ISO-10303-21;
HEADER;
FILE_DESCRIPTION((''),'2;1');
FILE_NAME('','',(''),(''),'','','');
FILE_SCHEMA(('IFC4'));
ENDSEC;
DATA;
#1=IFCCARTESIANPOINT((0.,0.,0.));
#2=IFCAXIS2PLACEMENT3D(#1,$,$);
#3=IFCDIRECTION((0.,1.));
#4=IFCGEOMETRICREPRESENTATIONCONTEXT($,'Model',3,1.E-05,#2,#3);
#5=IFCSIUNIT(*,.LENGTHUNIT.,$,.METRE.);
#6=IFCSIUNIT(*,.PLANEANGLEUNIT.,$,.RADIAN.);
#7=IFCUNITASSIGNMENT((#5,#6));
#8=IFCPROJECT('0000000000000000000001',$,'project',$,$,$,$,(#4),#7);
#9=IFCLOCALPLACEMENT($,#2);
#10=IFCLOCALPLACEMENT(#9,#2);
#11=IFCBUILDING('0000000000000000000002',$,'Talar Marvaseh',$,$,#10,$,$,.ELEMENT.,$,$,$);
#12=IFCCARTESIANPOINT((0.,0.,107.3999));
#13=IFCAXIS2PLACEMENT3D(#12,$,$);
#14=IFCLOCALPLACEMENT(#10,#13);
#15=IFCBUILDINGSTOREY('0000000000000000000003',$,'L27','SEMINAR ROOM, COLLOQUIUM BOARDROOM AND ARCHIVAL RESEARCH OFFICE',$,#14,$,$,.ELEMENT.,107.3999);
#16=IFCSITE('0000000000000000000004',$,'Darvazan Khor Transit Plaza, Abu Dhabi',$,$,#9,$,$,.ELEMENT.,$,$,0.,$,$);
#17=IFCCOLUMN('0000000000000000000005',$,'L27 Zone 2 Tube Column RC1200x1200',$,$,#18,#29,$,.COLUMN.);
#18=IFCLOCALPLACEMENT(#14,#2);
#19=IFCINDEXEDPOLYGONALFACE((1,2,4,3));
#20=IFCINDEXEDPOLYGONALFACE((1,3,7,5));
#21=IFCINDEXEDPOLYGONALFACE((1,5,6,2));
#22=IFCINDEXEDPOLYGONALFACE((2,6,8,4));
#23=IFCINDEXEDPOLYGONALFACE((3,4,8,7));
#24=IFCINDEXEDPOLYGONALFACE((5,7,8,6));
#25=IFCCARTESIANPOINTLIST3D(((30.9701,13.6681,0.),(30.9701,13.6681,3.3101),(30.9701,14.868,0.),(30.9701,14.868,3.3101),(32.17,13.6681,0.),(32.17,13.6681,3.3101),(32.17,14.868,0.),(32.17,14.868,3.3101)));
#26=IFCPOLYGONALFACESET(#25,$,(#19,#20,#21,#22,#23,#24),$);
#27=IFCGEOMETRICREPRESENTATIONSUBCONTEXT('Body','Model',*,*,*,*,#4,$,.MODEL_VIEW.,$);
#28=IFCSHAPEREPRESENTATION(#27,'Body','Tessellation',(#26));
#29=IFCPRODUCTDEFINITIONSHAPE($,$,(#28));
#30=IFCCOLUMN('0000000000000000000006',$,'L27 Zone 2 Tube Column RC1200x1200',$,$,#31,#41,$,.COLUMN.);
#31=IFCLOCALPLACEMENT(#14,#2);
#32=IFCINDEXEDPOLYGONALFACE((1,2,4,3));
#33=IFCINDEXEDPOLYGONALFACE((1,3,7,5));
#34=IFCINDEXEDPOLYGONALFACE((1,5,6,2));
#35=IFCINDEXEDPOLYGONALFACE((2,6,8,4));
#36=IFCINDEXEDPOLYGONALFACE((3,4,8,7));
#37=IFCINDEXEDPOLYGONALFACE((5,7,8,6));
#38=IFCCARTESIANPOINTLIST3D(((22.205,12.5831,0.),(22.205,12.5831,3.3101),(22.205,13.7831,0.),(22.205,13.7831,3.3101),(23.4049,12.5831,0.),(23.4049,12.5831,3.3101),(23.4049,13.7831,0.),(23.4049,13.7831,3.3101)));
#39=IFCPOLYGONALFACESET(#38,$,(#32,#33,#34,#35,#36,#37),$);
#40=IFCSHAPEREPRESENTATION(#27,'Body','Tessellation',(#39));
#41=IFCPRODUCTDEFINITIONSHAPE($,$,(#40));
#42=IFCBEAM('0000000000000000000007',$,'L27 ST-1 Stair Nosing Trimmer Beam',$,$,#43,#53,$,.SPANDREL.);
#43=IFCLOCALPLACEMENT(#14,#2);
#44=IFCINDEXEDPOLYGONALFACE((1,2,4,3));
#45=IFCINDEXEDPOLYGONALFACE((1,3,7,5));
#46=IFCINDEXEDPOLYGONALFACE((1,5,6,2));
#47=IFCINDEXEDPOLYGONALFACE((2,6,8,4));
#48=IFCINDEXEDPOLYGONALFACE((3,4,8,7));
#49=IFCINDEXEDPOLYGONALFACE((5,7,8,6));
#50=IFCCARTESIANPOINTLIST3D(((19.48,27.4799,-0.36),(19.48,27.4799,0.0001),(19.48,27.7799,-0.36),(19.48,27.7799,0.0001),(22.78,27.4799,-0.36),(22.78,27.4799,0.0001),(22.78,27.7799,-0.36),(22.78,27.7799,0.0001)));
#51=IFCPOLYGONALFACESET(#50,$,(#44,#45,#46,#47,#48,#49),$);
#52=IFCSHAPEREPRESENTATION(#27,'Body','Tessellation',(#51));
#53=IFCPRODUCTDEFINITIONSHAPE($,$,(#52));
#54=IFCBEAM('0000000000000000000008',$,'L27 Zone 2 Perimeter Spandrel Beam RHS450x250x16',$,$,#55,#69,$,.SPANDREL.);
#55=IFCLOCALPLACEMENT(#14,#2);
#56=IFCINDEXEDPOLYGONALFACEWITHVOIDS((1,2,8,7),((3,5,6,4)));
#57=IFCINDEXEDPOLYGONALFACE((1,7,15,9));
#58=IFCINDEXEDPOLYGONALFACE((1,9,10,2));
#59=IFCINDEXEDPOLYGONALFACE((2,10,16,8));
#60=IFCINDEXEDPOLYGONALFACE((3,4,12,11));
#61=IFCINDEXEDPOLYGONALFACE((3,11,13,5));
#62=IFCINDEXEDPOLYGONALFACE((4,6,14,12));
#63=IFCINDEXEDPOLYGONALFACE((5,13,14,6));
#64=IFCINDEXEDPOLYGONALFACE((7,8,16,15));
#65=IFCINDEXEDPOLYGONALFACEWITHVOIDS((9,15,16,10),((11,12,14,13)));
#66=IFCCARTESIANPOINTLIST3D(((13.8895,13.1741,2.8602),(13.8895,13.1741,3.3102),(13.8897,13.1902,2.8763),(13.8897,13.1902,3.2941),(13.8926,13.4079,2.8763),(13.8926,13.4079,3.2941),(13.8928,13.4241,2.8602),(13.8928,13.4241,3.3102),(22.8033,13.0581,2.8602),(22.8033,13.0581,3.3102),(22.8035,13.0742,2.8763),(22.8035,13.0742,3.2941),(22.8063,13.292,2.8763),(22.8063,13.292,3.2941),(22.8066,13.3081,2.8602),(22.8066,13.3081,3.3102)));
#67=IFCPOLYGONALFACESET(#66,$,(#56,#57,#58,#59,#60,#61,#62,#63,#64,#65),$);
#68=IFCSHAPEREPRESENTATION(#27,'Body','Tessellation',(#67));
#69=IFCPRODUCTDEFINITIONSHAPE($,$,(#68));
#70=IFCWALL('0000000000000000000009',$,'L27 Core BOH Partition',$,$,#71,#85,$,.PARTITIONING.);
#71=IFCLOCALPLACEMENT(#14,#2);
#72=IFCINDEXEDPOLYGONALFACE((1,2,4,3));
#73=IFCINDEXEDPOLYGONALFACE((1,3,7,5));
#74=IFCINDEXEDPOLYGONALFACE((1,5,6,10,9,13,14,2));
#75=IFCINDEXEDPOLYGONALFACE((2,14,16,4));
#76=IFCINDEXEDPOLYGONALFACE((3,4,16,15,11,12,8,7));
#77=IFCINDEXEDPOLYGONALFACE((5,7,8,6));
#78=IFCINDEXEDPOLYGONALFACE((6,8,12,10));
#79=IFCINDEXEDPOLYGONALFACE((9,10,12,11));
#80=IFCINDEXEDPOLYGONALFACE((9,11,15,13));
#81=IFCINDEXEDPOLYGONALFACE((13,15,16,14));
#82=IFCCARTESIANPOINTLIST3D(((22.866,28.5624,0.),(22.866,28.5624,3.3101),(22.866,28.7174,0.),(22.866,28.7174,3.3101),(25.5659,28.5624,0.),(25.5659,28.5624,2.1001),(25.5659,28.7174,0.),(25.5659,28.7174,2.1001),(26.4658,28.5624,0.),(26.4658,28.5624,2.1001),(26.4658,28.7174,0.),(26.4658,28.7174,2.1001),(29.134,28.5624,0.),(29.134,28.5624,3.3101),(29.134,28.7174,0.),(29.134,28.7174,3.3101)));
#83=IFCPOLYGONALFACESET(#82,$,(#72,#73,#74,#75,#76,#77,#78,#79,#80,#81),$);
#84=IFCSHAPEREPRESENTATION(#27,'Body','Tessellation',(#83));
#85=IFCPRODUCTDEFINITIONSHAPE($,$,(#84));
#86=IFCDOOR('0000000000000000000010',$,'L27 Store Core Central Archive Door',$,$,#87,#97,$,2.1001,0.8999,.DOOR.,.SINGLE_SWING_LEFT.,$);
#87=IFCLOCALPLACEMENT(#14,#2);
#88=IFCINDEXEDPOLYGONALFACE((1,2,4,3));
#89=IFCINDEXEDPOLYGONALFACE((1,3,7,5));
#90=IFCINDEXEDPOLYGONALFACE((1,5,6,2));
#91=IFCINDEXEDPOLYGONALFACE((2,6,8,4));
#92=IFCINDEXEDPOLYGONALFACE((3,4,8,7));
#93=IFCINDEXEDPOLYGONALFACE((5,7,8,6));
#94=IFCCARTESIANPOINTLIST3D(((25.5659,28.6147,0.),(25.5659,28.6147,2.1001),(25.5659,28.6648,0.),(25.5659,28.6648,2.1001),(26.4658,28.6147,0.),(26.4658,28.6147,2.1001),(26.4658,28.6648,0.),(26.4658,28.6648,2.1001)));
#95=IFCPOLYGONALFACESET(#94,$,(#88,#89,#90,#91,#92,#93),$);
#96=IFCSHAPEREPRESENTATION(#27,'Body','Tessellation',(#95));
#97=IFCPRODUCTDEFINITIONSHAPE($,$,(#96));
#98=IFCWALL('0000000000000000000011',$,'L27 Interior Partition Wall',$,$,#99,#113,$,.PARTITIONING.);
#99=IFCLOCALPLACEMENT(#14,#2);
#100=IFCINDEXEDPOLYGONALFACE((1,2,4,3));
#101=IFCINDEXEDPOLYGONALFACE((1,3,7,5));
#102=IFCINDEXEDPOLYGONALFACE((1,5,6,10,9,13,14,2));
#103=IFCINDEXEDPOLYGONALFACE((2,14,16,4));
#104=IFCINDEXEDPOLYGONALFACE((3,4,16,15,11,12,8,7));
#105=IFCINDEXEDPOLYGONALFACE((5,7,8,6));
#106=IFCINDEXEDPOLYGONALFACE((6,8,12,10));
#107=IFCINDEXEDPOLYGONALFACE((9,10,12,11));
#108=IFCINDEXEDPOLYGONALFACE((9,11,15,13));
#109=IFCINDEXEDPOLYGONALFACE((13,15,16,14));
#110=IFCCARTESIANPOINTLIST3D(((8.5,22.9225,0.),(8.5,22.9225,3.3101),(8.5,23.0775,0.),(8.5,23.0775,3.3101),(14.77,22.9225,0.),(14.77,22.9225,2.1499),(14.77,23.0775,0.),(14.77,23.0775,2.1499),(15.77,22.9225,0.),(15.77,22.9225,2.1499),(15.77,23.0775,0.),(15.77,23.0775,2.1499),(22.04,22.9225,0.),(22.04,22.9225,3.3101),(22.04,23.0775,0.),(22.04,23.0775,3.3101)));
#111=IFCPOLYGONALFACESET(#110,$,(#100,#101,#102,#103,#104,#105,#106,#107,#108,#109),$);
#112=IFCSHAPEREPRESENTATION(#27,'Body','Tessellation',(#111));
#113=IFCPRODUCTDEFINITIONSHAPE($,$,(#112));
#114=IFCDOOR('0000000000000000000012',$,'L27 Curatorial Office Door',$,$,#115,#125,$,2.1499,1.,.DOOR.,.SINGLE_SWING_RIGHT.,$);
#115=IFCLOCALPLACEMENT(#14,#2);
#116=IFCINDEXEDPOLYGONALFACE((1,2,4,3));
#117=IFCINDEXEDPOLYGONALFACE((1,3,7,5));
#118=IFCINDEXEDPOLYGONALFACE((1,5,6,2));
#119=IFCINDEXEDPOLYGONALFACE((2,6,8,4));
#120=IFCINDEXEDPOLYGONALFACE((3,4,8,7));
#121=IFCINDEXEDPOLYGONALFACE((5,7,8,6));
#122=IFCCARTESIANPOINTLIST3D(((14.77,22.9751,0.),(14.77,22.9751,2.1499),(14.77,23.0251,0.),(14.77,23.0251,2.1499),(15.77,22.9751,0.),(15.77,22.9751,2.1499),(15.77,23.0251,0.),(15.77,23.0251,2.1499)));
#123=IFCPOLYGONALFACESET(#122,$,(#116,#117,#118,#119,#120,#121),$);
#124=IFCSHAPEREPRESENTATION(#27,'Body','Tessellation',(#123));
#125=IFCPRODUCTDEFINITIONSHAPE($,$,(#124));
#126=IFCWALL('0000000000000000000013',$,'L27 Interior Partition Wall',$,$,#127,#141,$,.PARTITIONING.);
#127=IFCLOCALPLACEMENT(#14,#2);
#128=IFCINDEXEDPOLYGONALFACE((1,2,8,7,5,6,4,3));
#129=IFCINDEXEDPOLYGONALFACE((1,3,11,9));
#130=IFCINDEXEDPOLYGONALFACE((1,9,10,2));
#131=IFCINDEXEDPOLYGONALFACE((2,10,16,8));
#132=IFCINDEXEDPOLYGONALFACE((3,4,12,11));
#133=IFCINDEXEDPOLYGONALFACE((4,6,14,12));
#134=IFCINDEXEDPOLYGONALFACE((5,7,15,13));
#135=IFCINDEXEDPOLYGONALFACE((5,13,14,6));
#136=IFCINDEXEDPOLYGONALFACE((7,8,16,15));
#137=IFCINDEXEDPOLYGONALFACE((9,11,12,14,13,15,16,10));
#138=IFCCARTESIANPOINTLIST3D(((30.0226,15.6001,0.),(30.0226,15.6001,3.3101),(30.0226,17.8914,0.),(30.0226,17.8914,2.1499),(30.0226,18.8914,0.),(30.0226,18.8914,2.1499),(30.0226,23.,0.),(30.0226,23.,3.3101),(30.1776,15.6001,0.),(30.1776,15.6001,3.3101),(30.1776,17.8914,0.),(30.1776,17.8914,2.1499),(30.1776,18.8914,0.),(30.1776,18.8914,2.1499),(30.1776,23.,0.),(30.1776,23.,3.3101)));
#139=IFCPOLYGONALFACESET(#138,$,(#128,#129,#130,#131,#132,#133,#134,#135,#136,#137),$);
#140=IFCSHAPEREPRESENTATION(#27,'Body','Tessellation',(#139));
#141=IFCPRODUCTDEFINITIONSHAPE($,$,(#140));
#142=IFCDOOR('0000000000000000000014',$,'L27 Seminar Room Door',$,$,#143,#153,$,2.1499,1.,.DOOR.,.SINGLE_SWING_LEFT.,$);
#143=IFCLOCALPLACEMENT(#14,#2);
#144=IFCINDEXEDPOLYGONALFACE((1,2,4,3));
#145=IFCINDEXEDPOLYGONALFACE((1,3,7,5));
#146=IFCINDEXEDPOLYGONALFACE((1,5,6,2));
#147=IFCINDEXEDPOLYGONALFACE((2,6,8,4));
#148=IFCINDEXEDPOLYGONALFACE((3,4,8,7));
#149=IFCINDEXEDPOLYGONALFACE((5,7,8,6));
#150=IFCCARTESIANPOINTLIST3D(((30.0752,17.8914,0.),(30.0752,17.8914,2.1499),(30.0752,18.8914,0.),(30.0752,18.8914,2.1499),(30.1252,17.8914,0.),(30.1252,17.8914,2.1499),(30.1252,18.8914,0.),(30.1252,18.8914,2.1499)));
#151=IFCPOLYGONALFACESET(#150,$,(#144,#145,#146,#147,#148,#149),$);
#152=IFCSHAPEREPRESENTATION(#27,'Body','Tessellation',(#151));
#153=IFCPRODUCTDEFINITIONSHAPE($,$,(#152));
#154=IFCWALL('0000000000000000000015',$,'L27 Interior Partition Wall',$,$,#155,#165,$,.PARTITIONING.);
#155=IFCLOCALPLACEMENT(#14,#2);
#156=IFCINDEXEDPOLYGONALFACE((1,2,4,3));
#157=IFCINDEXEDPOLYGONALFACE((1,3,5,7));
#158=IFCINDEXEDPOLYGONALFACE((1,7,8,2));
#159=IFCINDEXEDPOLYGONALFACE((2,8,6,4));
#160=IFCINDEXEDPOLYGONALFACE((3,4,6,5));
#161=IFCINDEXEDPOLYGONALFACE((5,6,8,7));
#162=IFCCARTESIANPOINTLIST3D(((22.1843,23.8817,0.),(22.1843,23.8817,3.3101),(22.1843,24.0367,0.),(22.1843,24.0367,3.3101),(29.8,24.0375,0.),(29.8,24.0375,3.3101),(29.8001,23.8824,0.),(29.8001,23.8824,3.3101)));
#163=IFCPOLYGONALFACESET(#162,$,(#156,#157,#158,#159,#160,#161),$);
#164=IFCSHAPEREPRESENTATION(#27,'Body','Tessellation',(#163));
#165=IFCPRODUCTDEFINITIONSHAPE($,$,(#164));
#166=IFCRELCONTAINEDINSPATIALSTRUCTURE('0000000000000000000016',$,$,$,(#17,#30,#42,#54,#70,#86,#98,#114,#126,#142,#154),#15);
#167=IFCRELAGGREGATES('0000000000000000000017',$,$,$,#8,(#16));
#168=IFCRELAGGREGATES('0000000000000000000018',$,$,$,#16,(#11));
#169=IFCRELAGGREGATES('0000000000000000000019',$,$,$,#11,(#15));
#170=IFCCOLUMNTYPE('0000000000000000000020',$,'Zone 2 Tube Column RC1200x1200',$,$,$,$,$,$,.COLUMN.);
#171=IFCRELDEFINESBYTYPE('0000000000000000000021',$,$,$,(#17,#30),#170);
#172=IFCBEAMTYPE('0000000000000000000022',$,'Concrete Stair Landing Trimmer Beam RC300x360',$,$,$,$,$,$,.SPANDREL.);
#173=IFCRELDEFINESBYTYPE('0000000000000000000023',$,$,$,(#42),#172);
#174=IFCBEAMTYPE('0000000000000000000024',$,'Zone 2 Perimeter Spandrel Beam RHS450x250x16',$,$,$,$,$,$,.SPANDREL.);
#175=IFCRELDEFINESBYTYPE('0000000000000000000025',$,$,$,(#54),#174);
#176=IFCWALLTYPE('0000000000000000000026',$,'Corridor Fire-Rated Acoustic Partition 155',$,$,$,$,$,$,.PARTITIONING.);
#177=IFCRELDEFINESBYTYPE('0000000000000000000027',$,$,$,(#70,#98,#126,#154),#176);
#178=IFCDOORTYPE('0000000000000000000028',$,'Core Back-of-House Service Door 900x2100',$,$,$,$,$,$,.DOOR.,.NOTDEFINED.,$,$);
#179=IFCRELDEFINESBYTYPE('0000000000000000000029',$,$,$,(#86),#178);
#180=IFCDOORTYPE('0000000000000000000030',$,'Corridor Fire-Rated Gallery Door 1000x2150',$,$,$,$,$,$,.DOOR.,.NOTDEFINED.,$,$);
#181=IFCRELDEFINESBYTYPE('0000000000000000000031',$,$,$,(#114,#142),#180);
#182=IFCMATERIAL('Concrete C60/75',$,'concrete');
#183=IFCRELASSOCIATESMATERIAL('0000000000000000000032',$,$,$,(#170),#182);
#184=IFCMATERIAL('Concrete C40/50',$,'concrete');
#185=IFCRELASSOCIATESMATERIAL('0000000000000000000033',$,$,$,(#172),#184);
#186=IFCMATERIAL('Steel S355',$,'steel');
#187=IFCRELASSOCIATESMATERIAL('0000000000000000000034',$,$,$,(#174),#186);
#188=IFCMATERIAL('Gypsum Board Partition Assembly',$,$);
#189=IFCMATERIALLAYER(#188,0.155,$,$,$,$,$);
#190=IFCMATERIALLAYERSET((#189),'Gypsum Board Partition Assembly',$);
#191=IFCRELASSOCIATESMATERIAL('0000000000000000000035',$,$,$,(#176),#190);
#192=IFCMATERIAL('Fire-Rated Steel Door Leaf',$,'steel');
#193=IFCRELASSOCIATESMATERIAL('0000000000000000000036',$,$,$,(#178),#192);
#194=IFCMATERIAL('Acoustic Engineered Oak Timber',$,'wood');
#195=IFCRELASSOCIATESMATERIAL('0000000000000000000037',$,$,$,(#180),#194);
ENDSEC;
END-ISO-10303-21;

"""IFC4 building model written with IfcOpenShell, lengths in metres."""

from ifc_helpers import new_model, si_unit, direction, frame, frame_2d, origin, origin_2d, place, context, subcontext, project, spatial, rectangle, hollow_rectangle, extrude, source, transform, mapped, material, layer, layer_set, material_profile, profile_set, type_object, type_shapes, element, fill, save


model = new_model("IFC4")

# Units and contexts
model_context = context("Model", 3, precision=1e-05, world=origin(), true_north=direction((0.0, 1.0)))
body_context = subcontext(model_context, "Body", "Model", "MODEL_VIEW")
ifc_project = project(units=[si_unit("LENGTHUNIT", "METRE"), si_unit("PLANEANGLEUNIT", "RADIAN")], contexts=[model_context])

# Site, building, storey
site_placement = place(None, origin())
site = spatial("IfcSite", under=ifc_project, at=site_placement, Name="Darvazan Khor Transit Plaza, Abu Dhabi", CompositionType="ELEMENT", RefElevation=0.0)
building_placement = place(site_placement, origin())
building = spatial("IfcBuilding", under=site, at=building_placement, Name="Talar Marvaseh", CompositionType="ELEMENT")
storey_placement = place(building_placement, frame((0.0, 0.0, 107.3999)))
storey = spatial("IfcBuildingStorey", under=building, at=storey_placement, Name="L27", Description="SEMINAR ROOM, COLLOQUIUM BOARDROOM AND ARCHIVAL RESEARCH OFFICE", CompositionType="ELEMENT", Elevation=107.3999)

# Columns
ifc_material_1 = material(Name="Concrete C60/75", Category="concrete")
ifc_material_profile_1 = material_profile(ifc_material_1, rectangle(XDim=1.2, YDim=1.2, at=origin_2d()), Name="RC1200x1200")
ifc_profile_set_1 = profile_set([ifc_material_profile_1], Name="Concrete C60/75")
column_type = type_object("IfcColumnType", Name="Zone 2 Tube Column RC1200x1200", PredefinedType="COLUMN", material=ifc_profile_set_1)
for number, where, z_axis, x_axis, name in (
    (1, (31.5701, 14.2681, 0.0), (0.0, 0.0, 1.0), (1.0, 0.0, 0.0), "L27 Zone 2 Tube Column RC1200x1200"),
    (2, (22.8049, 13.1831, 0.0), (0.0, 0.0, 1.0), (1.0, 0.0, 0.0), "L27 Zone 2 Tube Column RC1200x1200"),
):
    element("IfcColumn", number, at=place(storey_placement, frame(where, z_axis=z_axis, x_axis=x_axis)), inside=storey, type_object=column_type, Name=name, PredefinedType="COLUMN", context=body_context, shape_type="SweptSolid", body=[
        extrude(rectangle(XDim=1.2, YDim=1.2, at=origin_2d()), origin(), (0.0, 0.0, 1.0), 3.3101),
    ])

# Beams
ifc_material_2 = material(Name="Concrete C40/50", Category="concrete")
ifc_material_profile_2 = material_profile(ifc_material_2, rectangle(XDim=0.3, YDim=0.3601, at=origin_2d()), Name="RC300x360")
ifc_profile_set_2 = profile_set([ifc_material_profile_2], Name="Concrete C40/50")
beam_type_1 = type_object("IfcBeamType", Name="Concrete Stair Landing Trimmer Beam RC300x360", PredefinedType="SPANDREL", material=ifc_profile_set_2)
beam_1_placement = place(storey_placement, frame((22.78, 27.6299, -0.1799), z_axis=(-1.0, 0.0, 0.0), x_axis=(0.0, -1.0, 0.0)))
element("IfcBeam", 3, at=beam_1_placement, inside=storey, type_object=beam_type_1, Name="L27 ST-1 Stair Nosing Trimmer Beam", PredefinedType="SPANDREL", context=body_context, shape_type="SweptSolid", body=[
    extrude(rectangle(XDim=0.3, YDim=0.3601, at=origin_2d()), origin(), (0.0, 0.0, 1.0), 3.3),
])
ifc_material_3 = material(Name="Steel S355", Category="steel")
ifc_material_profile_3 = material_profile(ifc_material_3, hollow_rectangle(XDim=0.25, YDim=0.45, WallThickness=0.0161, at=origin_2d()), Name="RHS450x250x16")
ifc_profile_set_3 = profile_set([ifc_material_profile_3], Name="Steel S355")
beam_type_2 = type_object("IfcBeamType", Name="Zone 2 Perimeter Spandrel Beam RHS450x250x16", PredefinedType="SPANDREL", material=ifc_profile_set_3)
beam_2_placement = place(storey_placement, frame((22.8049, 13.1831, 3.0852), z_axis=(-0.999915, 0.013009, 0.0), x_axis=(-0.013009, -0.999915, 0.0)))
element("IfcBeam", 4, at=beam_2_placement, inside=storey, type_object=beam_type_2, Name="L27 Zone 2 Perimeter Spandrel Beam RHS450x250x16", PredefinedType="SPANDREL", context=body_context, shape_type="SweptSolid", body=[
    extrude(hollow_rectangle(XDim=0.25, YDim=0.45, WallThickness=0.0161, at=origin_2d()), origin(), (0.0, 0.0, 1.0), 8.9146),
])

# Walls, openings, doors
ifc_material_4 = material(Name="Gypsum Board Partition Assembly")
ifc_layer_1 = layer(ifc_material_4, 0.155)
ifc_layer_set_1 = layer_set([ifc_layer_1], Name="Gypsum Board Partition Assembly")
wall_type_1 = type_object("IfcWallType", Name="Corridor Fire-Rated Acoustic Partition 155", PredefinedType="PARTITIONING", material=ifc_layer_set_1)
wall_1_placement = place(storey_placement, frame((22.866, 28.6399, 0.0), z_axis=(0.0, 0.0, 1.0), x_axis=(1.0, 0.0, 0.0)))
wall_1 = element("IfcWall", 5, at=wall_1_placement, inside=storey, type_object=wall_type_1, Name="L27 Core BOH Partition", PredefinedType="PARTITIONING", context=body_context, shape_type="SweptSolid", body=[
    extrude(rectangle(XDim=6.2681, YDim=0.155, at=frame_2d((3.134, 0.0))), origin(), (0.0, 0.0, 1.0), 3.3101),
])
opening_1_placement = place(wall_1_placement, frame((2.7, 0.0, 0.0)))
opening_1 = element("IfcOpeningElement", 6, at=opening_1_placement, cuts=wall_1, PredefinedType="OPENING", context=body_context, shape_type="SweptSolid", body=[
    extrude(rectangle(XDim=0.8999, YDim=2.1001, at=frame_2d((0.45, 1.05))), frame((0.0, 0.0874, 0.0), z_axis=(0.0, -1.0, 0.0), x_axis=(1.0, 0.0, 0.0)), (0.0, 0.0, 1.0), 0.175),
])
ifc_material_5 = material(Name="Fire-Rated Steel Door Leaf", Category="steel")
door_type_1 = type_object("IfcDoorType", Name="Core Back-of-House Service Door 900x2100", OperationType="NOTDEFINED", PredefinedType="DOOR", material=ifc_material_5)
shared_shape_1 = source(origin(), body_context, "Body", "SweptSolid", [
    extrude(rectangle(XDim=0.8999, YDim=2.1001, at=frame_2d((0.45, 1.05))), frame((0.0, 0.0249, 0.0), z_axis=(0.0, -1.0, 0.0), x_axis=(1.0, 0.0, 0.0)), (0.0, 0.0, 1.0), 0.05),
])
type_shapes(door_type_1, [shared_shape_1])
door_1_placement = place(opening_1_placement, origin())
door_1 = element("IfcDoor", 7, at=door_1_placement, inside=storey, type_object=door_type_1, Name="L27 Store Core Central Archive Door", OperationType="SINGLE_SWING_LEFT", OverallHeight=2.1001, OverallWidth=0.8999, PredefinedType="DOOR", context=body_context, shape_type="MappedRepresentation", body=[
    mapped(shared_shape_1, transform((0.0, 0.0, 0.0), x_axis=(1.0, 0.0, 0.0), y_axis=(0.0, 1.0, 0.0), z_axis=(0.0, 0.0, 1.0), scale=1.0)),
])
fill(opening_1, door_1)
wall_2_placement = place(storey_placement, frame((22.04, 23.0, 0.0), z_axis=(0.0, 0.0, 1.0), x_axis=(-1.0, 0.0, 0.0)))
wall_2 = element("IfcWall", 8, at=wall_2_placement, inside=storey, type_object=wall_type_1, Name="L27 Interior Partition Wall", PredefinedType="PARTITIONING", context=body_context, shape_type="SweptSolid", body=[
    extrude(rectangle(XDim=13.54, YDim=0.155, at=frame_2d((6.77, 0.0))), origin(), (0.0, 0.0, 1.0), 3.3101),
])
opening_2_placement = place(wall_2_placement, frame((6.27, 0.0, 0.0)))
opening_2 = element("IfcOpeningElement", 9, at=opening_2_placement, cuts=wall_2, PredefinedType="OPENING", context=body_context, shape_type="SweptSolid", body=[
    extrude(rectangle(XDim=1.0, YDim=2.1499, at=frame_2d((0.5, 1.075))), frame((0.0, 0.0874, 0.0), z_axis=(0.0, -1.0, 0.0), x_axis=(1.0, 0.0, 0.0)), (0.0, 0.0, 1.0), 0.175),
])
ifc_material_6 = material(Name="Acoustic Engineered Oak Timber", Category="wood")
door_type_2 = type_object("IfcDoorType", Name="Corridor Fire-Rated Gallery Door 1000x2150", OperationType="NOTDEFINED", PredefinedType="DOOR", material=ifc_material_6)
shared_shape_2 = source(origin(), body_context, "Body", "SweptSolid", [
    extrude(rectangle(XDim=1.0, YDim=2.1499, at=frame_2d((0.5, 1.075))), frame((0.0, 0.0249, 0.0), z_axis=(0.0, -1.0, 0.0), x_axis=(1.0, 0.0, 0.0)), (0.0, 0.0, 1.0), 0.05),
])
type_shapes(door_type_2, [shared_shape_2])
door_2_placement = place(opening_2_placement, origin())
door_2 = element("IfcDoor", 10, at=door_2_placement, inside=storey, type_object=door_type_2, Name="L27 Curatorial Office Door", OperationType="SINGLE_SWING_RIGHT", OverallHeight=2.1499, OverallWidth=1.0, PredefinedType="DOOR", context=body_context, shape_type="MappedRepresentation", body=[
    mapped(shared_shape_2, transform((0.0, 0.0, 0.0), x_axis=(1.0, 0.0, 0.0), y_axis=(0.0, 1.0, 0.0), z_axis=(0.0, 0.0, 1.0), scale=1.0)),
])
fill(opening_2, door_2)
wall_3_placement = place(storey_placement, frame((30.1001, 15.6001, 0.0), z_axis=(0.0, 0.0, 1.0), x_axis=(0.0, 1.0, 0.0)))
wall_3 = element("IfcWall", 11, at=wall_3_placement, inside=storey, type_object=wall_type_1, Name="L27 Interior Partition Wall", PredefinedType="PARTITIONING", context=body_context, shape_type="SweptSolid", body=[
    extrude(rectangle(XDim=7.3999, YDim=0.155, at=frame_2d((3.7, 0.0))), origin(), (0.0, 0.0, 1.0), 3.3101),
])
opening_3_placement = place(wall_3_placement, frame((2.2913, 0.0, 0.0)))
opening_3 = element("IfcOpeningElement", 12, at=opening_3_placement, cuts=wall_3, PredefinedType="OPENING", context=body_context, shape_type="SweptSolid", body=[
    extrude(rectangle(XDim=1.0, YDim=2.1499, at=frame_2d((0.5, 1.075))), frame((0.0, 0.0874, 0.0), z_axis=(0.0, -1.0, 0.0), x_axis=(1.0, 0.0, 0.0)), (0.0, 0.0, 1.0), 0.175),
])
door_3_placement = place(opening_3_placement, origin())
door_3 = element("IfcDoor", 13, at=door_3_placement, inside=storey, type_object=door_type_2, Name="L27 Seminar Room Door", OperationType="SINGLE_SWING_LEFT", OverallHeight=2.1499, OverallWidth=1.0, PredefinedType="DOOR", context=body_context, shape_type="MappedRepresentation", body=[
    mapped(shared_shape_2, transform((0.0, 0.0, 0.0), x_axis=(1.0, 0.0, 0.0), y_axis=(0.0, 1.0, 0.0), z_axis=(0.0, 0.0, 1.0), scale=1.0)),
])
fill(opening_3, door_3)

# Wall
wall_4_placement = place(storey_placement, frame((29.8, 23.96, 0.0), z_axis=(0.0, 0.0, 1.0), x_axis=(-1.0, -0.000096, 0.0)))
element("IfcWall", 14, at=wall_4_placement, inside=storey, type_object=wall_type_1, Name="L27 Interior Partition Wall", PredefinedType="PARTITIONING", context=body_context, shape_type="SweptSolid", body=[
    extrude(rectangle(XDim=7.6157, YDim=0.155, at=frame_2d((3.8079, 0.0))), origin(), (0.0, 0.0, 1.0), 3.3101),
])

save(model, "model.ifc")
